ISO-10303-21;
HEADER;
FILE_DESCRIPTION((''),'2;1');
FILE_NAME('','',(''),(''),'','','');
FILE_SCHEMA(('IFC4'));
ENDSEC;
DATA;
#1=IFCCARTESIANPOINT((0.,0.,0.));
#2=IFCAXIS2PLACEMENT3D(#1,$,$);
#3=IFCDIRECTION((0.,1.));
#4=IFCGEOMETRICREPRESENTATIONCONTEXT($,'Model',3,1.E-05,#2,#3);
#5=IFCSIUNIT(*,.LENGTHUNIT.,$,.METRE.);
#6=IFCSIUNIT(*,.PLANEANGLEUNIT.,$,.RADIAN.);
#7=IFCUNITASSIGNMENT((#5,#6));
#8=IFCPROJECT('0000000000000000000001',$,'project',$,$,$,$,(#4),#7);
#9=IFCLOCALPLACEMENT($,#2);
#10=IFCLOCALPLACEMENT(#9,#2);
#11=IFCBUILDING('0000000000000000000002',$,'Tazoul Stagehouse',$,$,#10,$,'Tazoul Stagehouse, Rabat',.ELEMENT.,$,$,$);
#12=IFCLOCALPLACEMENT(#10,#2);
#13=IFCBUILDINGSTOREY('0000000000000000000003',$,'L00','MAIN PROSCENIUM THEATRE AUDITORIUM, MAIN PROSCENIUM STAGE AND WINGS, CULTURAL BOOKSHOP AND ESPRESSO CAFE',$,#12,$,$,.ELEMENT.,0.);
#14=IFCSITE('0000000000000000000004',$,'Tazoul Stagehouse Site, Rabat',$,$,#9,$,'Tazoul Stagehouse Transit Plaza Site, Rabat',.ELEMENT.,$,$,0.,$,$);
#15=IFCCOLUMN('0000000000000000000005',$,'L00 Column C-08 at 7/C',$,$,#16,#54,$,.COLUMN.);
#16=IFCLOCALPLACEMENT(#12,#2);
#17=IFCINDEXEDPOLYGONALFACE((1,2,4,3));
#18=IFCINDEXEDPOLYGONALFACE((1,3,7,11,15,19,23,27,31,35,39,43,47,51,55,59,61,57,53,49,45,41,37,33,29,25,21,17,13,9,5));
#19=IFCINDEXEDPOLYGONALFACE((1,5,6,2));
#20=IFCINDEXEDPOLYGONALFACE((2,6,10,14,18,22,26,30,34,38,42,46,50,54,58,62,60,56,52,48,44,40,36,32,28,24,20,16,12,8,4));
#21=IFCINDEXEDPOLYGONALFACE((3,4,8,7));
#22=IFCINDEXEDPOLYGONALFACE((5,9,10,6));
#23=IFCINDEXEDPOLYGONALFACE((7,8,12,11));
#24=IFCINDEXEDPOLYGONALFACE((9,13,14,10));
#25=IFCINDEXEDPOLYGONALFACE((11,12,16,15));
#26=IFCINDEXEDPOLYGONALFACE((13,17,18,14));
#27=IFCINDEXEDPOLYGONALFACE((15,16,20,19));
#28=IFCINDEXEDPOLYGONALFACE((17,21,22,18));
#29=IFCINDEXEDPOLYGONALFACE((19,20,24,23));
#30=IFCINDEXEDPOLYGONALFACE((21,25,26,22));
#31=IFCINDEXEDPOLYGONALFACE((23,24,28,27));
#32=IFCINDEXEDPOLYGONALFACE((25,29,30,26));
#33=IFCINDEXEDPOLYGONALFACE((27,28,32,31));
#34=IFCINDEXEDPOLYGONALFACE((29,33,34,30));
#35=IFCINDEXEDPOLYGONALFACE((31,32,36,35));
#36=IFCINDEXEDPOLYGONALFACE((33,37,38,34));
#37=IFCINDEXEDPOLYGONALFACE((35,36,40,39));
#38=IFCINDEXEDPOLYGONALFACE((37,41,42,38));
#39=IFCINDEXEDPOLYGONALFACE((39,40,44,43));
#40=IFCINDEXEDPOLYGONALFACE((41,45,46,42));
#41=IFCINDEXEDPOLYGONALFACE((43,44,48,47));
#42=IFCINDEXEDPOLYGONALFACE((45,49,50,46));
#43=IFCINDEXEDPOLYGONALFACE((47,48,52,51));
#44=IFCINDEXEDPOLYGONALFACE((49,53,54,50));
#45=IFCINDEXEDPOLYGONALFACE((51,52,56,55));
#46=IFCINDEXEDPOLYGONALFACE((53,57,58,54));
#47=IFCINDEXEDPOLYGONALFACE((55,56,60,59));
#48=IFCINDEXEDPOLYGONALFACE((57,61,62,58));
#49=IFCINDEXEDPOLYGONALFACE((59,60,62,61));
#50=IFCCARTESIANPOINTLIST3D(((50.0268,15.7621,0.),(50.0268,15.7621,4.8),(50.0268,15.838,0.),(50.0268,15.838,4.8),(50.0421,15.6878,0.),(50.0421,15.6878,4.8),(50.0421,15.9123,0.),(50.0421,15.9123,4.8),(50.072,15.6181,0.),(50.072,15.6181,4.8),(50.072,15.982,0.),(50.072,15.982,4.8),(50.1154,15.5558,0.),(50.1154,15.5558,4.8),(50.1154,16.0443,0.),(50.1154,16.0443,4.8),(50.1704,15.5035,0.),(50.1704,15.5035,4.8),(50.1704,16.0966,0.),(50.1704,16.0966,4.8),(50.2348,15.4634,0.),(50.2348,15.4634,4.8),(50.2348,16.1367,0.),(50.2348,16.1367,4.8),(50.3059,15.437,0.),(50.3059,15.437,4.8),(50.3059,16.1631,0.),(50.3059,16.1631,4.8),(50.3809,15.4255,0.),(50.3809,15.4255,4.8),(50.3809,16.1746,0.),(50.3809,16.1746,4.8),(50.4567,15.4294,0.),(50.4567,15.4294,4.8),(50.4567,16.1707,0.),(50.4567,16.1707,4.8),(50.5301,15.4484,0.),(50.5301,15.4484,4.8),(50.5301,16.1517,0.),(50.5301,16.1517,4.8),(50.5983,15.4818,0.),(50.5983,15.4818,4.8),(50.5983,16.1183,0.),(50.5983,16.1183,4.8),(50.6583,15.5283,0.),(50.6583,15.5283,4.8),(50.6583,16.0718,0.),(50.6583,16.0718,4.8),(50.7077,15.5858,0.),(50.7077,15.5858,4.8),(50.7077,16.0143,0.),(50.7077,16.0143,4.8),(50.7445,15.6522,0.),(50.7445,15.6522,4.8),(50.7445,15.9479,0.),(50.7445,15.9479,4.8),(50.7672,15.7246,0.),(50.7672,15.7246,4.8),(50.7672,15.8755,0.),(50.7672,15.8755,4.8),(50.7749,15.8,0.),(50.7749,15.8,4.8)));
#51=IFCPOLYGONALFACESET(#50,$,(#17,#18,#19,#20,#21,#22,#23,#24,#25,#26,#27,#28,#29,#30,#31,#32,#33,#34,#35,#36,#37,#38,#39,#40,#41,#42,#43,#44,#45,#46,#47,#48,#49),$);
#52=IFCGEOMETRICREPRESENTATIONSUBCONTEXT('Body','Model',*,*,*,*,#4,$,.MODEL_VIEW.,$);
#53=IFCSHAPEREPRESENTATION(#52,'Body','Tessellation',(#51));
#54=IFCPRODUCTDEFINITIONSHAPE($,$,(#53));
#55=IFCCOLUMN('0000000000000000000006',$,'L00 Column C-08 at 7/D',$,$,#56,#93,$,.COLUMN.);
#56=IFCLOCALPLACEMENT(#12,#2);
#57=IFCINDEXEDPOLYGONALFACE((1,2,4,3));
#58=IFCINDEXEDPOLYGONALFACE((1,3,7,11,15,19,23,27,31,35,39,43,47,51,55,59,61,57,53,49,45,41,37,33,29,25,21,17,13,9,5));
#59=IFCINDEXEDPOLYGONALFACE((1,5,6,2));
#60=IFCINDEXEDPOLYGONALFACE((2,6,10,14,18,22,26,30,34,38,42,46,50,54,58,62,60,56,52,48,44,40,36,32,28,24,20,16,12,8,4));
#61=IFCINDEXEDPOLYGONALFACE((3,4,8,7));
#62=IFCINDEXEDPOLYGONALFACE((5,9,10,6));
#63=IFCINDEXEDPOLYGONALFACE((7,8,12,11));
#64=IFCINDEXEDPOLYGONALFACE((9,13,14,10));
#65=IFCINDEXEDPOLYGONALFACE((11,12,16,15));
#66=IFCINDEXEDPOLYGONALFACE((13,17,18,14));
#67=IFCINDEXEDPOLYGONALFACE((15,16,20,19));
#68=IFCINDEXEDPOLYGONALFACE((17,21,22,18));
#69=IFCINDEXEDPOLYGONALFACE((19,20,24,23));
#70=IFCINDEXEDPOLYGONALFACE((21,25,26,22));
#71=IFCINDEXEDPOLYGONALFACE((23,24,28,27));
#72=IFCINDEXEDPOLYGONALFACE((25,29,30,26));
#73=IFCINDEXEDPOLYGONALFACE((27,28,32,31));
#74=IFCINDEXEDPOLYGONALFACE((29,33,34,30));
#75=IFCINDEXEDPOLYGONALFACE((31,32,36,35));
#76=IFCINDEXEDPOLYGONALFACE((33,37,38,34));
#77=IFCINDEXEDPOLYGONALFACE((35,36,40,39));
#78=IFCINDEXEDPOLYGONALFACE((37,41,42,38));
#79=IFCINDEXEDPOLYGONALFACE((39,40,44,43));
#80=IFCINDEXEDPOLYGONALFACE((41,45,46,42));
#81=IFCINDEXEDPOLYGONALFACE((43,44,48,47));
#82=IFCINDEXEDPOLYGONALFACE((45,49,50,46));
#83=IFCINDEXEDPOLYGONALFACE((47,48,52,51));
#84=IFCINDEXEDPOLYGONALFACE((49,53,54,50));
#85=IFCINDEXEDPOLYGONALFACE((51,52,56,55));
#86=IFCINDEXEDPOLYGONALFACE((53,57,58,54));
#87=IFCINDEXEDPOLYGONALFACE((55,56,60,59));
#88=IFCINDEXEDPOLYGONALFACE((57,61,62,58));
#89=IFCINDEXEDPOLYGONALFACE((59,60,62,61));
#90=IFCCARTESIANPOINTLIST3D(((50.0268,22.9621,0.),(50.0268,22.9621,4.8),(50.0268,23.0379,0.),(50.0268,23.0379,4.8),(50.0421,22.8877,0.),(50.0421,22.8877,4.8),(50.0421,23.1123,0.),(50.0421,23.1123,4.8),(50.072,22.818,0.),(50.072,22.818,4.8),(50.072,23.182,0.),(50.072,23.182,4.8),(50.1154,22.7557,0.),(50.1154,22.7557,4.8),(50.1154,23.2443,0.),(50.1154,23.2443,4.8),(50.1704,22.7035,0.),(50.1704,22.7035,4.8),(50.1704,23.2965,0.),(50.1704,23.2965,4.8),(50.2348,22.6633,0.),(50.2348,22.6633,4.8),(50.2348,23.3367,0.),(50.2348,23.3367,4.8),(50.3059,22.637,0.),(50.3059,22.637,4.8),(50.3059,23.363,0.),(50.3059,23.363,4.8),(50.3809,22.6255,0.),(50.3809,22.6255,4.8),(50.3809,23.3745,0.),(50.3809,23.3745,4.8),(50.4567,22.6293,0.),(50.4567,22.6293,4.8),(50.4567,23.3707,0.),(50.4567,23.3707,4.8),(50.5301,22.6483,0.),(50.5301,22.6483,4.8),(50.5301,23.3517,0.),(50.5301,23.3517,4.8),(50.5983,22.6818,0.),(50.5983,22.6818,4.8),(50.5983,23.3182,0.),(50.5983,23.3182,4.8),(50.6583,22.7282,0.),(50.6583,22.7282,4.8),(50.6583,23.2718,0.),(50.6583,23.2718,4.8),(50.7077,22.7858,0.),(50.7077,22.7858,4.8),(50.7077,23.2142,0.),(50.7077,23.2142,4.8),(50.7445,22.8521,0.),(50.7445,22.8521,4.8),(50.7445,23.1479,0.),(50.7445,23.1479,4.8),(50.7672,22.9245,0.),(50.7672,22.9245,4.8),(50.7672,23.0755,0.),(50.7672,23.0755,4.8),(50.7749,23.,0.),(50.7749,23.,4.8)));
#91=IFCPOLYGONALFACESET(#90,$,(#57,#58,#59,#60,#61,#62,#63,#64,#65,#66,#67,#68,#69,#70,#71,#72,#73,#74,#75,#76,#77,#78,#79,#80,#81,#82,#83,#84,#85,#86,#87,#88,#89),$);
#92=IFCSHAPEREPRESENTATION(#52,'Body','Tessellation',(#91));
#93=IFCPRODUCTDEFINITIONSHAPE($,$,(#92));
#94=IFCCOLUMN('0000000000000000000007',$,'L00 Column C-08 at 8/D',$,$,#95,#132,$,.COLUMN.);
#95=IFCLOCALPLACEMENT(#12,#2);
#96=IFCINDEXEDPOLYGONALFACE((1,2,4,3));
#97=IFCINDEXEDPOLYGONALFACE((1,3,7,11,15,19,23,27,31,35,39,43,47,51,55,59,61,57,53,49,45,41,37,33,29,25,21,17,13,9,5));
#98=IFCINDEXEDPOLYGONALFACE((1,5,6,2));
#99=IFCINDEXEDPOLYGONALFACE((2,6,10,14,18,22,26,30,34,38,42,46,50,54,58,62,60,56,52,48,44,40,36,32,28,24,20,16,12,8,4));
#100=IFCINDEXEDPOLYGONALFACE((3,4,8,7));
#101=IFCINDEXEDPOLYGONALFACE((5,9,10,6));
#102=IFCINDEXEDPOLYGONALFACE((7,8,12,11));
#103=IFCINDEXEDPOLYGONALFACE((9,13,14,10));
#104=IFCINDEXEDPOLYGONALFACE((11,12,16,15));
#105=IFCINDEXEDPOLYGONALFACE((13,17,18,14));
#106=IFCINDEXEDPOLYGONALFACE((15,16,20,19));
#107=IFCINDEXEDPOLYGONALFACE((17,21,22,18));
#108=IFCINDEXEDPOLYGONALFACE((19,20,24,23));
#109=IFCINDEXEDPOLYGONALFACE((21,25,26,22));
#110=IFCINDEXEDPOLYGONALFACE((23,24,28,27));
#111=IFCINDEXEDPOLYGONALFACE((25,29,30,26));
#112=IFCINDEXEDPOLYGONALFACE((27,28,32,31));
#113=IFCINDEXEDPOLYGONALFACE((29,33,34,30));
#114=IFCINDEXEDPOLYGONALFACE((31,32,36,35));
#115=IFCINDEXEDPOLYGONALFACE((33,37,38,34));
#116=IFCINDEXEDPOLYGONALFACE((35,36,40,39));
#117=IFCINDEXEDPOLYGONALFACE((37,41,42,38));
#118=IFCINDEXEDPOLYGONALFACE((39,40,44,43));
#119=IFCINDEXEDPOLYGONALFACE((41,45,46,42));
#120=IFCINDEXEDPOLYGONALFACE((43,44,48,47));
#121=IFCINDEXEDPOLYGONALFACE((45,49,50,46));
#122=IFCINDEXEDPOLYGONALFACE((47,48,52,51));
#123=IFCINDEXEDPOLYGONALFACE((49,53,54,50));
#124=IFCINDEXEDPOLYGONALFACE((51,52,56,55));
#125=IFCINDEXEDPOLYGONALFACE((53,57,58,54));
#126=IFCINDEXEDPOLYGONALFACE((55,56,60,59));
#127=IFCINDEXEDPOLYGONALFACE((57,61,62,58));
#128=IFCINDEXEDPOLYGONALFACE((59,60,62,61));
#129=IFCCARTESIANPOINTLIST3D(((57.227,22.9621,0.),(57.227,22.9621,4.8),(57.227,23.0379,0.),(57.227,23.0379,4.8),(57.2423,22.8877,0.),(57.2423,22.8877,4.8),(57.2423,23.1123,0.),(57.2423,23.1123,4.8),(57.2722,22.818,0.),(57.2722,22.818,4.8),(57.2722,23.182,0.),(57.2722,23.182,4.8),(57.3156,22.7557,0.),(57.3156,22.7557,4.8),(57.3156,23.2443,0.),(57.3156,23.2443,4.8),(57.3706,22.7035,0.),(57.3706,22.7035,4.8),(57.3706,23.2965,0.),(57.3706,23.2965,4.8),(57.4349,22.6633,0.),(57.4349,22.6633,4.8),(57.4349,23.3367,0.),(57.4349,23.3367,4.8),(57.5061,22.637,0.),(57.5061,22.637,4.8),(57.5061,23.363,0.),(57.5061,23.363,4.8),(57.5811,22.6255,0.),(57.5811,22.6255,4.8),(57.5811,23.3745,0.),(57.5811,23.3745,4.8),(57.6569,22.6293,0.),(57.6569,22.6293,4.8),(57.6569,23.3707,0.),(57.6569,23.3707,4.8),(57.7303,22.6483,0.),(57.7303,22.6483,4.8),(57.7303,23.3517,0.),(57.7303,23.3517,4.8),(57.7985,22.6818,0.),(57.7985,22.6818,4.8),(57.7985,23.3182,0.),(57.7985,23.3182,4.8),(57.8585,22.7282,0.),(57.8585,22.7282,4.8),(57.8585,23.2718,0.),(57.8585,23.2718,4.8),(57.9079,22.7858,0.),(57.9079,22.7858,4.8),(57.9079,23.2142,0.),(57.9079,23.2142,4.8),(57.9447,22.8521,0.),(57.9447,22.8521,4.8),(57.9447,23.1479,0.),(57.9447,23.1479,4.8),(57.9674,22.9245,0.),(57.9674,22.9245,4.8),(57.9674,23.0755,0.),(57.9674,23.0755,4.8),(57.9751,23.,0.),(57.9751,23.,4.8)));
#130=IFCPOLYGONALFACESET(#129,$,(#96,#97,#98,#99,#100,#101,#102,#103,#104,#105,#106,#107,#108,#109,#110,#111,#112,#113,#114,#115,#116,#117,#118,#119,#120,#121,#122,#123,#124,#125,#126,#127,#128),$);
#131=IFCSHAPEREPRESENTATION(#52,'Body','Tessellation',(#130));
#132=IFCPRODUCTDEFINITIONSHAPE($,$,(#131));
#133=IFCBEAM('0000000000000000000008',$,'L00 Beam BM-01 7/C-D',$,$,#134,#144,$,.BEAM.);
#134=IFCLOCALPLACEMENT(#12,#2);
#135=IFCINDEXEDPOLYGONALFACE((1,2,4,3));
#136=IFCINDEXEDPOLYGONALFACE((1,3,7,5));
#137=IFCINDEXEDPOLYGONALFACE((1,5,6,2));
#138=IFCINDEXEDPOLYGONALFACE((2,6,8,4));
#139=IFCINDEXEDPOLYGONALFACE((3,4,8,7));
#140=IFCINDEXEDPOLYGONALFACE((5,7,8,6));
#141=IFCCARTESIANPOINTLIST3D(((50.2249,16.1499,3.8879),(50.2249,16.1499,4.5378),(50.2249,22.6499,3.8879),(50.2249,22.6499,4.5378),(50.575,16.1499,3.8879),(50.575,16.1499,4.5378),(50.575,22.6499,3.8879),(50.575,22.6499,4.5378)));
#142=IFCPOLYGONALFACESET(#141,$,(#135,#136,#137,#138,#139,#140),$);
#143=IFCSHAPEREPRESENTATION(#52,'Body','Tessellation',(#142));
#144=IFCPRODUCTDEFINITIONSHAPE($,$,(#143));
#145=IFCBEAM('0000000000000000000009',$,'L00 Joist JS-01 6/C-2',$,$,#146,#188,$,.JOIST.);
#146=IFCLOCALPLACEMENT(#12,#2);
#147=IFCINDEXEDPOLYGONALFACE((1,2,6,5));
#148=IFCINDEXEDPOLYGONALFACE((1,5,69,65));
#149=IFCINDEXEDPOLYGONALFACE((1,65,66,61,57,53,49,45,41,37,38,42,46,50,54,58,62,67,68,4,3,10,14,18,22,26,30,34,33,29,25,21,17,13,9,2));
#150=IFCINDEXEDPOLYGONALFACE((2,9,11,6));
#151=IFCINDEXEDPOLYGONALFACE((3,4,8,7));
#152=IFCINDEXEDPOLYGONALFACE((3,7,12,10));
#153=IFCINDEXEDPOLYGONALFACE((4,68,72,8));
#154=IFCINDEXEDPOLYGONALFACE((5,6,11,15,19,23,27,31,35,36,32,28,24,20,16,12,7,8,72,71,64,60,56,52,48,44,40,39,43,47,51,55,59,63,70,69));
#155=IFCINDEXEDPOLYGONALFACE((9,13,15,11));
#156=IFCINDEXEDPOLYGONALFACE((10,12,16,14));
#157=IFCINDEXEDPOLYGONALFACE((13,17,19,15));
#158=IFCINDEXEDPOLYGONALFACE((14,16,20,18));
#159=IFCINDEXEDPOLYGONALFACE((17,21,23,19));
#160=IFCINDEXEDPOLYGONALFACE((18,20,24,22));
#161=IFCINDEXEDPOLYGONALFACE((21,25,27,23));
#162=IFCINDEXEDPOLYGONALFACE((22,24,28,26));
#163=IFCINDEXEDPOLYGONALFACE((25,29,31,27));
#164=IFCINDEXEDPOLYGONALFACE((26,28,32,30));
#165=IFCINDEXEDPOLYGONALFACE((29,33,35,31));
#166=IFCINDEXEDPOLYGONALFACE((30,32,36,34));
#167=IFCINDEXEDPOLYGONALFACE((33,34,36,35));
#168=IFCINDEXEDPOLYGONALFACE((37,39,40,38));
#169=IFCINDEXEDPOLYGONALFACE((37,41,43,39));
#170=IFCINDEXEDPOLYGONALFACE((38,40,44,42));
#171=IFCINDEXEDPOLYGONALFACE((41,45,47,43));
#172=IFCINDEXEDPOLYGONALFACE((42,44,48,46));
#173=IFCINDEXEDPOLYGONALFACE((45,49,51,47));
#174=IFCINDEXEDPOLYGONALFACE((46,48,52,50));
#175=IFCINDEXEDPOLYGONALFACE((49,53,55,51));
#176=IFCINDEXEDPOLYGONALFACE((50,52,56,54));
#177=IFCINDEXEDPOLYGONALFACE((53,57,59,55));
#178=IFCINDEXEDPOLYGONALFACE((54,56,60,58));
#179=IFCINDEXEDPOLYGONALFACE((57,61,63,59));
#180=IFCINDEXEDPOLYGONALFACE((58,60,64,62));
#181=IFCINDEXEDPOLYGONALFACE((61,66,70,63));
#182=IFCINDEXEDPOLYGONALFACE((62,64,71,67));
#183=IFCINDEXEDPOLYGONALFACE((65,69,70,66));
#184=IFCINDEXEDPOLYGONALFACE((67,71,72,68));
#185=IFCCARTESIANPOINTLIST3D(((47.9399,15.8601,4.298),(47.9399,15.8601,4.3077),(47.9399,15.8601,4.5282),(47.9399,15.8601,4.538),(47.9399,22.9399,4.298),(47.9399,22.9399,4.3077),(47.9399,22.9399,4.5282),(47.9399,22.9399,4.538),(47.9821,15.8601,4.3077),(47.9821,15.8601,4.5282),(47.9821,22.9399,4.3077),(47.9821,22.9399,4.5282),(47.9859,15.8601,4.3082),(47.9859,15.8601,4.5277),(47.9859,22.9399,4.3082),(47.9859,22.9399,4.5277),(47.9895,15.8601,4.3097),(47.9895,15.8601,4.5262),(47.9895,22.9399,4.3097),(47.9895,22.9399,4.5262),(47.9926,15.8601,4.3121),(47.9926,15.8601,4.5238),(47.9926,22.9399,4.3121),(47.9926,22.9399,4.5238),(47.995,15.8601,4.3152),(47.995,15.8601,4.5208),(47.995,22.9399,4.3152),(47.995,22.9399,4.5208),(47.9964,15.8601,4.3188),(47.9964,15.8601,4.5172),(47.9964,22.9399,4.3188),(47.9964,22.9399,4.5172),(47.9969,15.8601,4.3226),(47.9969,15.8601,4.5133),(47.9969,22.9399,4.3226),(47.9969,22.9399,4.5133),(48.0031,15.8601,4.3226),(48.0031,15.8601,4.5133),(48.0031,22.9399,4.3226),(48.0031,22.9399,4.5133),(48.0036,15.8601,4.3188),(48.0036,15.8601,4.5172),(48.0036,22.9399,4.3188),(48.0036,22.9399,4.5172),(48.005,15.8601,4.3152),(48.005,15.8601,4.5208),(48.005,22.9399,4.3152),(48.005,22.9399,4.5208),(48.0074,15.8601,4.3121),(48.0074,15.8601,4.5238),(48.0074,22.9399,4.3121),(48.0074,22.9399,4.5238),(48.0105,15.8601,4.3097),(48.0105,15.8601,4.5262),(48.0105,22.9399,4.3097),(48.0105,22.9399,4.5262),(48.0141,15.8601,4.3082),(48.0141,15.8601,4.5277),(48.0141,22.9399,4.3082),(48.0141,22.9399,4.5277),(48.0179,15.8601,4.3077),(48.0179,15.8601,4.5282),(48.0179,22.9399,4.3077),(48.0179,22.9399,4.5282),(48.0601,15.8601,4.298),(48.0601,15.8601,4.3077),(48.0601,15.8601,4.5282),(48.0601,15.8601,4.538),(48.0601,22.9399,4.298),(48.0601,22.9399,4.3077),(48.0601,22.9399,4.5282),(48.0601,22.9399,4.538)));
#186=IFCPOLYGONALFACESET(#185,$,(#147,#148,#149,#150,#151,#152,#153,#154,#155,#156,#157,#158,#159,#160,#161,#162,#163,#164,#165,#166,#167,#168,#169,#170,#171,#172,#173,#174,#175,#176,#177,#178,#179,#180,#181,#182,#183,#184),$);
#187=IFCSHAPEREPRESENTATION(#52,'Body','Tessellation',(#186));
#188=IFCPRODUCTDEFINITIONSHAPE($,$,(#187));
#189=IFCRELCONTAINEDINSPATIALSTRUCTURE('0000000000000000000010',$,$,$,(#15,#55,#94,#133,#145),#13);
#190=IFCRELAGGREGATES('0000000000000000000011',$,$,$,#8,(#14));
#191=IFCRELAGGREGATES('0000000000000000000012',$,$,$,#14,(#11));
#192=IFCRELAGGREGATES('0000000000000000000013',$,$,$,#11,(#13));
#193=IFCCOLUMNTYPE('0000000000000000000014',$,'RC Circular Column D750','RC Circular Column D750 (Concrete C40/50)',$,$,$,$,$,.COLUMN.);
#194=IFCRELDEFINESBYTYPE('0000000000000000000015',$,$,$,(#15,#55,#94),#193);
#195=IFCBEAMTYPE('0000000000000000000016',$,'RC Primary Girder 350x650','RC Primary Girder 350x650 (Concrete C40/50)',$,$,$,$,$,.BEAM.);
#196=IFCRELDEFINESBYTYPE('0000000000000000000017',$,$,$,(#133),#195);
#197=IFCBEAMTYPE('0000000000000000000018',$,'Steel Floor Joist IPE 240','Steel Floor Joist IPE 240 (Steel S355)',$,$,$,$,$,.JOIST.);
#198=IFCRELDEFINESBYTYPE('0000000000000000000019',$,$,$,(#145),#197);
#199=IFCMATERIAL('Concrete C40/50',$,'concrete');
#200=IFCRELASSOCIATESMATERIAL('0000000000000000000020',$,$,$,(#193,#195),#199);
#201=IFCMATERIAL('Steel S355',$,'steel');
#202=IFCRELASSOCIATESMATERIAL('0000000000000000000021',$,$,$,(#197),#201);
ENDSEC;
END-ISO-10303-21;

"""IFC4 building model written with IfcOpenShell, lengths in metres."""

from ifc_helpers import new_model, si_unit, direction, frame, origin, origin_2d, place, context, subcontext, project, spatial, rectangle, circle, i_section, extrude, material, material_profile, profile_set, type_object, element, save


model = new_model("IFC4")

# Units and contexts
model_context = context("Model", 3, precision=1e-05, world=origin(), true_north=direction((0.0, 1.0)))
body_context = subcontext(model_context, "Body", "Model", "MODEL_VIEW")
ifc_project = project(units=[si_unit("LENGTHUNIT", "METRE"), si_unit("PLANEANGLEUNIT", "RADIAN")], contexts=[model_context])

# Site, building, storey
site_placement = place(None, origin())
site = spatial("IfcSite", under=ifc_project, at=site_placement, Name="Tazoul Stagehouse Site, Rabat", LongName="Tazoul Stagehouse Transit Plaza Site, Rabat", CompositionType="ELEMENT", RefElevation=0.0)
building_placement = place(site_placement, origin())
building = spatial("IfcBuilding", under=site, at=building_placement, Name="Tazoul Stagehouse", LongName="Tazoul Stagehouse, Rabat", CompositionType="ELEMENT")
storey_placement = place(building_placement, origin())
storey = spatial("IfcBuildingStorey", under=building, at=storey_placement, Name="L00", Description="MAIN PROSCENIUM THEATRE AUDITORIUM, MAIN PROSCENIUM STAGE AND WINGS, CULTURAL BOOKSHOP AND ESPRESSO CAFE", CompositionType="ELEMENT", Elevation=0.0)

# Columns
ifc_material_1 = material(Name="Concrete C40/50", Category="concrete")
ifc_material_profile_1 = material_profile(ifc_material_1, circle(Radius=0.375, at=origin_2d()), Name="RC D750")
ifc_profile_set_1 = profile_set([ifc_material_profile_1], Name="Concrete C40/50")
column_type = type_object("IfcColumnType", Name="RC Circular Column D750", Description="RC Circular Column D750 (Concrete C40/50)", PredefinedType="COLUMN", material=ifc_profile_set_1)
for number, where, z_axis, x_axis, name in (
    (1, (50.3999, 15.8, 0.0), (0.0, 0.0, 1.0), (1.0, 0.0, 0.0), "L00 Column C-08 at 7/C"),
    (2, (50.3999, 23.0, 0.0), (0.0, 0.0, 1.0), (1.0, 0.0, 0.0), "L00 Column C-08 at 7/D"),
    (3, (57.6001, 23.0, 0.0), (0.0, 0.0, 1.0), (1.0, 0.0, 0.0), "L00 Column C-08 at 8/D"),
):
    element("IfcColumn", number, at=place(storey_placement, frame(where, z_axis=z_axis, x_axis=x_axis)), inside=storey, type_object=column_type, Name=name, PredefinedType="COLUMN", context=body_context, shape_type="SweptSolid", body=[
        extrude(circle(Radius=0.375, at=origin_2d()), origin(), (0.0, 0.0, 1.0), 4.8),
    ])

# Beams
ifc_material_profile_2 = material_profile(ifc_material_1, rectangle(XDim=0.3501, YDim=0.6499, at=origin_2d()), Name="RC 350x650")
ifc_profile_set_2 = profile_set([ifc_material_profile_2], Name="Concrete C40/50")
beam_type_1 = type_object("IfcBeamType", Name="RC Primary Girder 350x650", Description="RC Primary Girder 350x650 (Concrete C40/50)", PredefinedType="BEAM", material=ifc_profile_set_2)
beam_1_placement = place(storey_placement, frame((50.3999, 16.1499, 4.2129), z_axis=(0.0, 1.0, 0.0), x_axis=(-1.0, 0.0, 0.0)))
element("IfcBeam", 4, at=beam_1_placement, inside=storey, type_object=beam_type_1, Name="L00 Beam BM-01 7/C-D", PredefinedType="BEAM", context=body_context, shape_type="SweptSolid", body=[
    extrude(rectangle(XDim=0.3501, YDim=0.6499, at=origin_2d()), origin(), (0.0, 0.0, 1.0), 6.5),
])
ifc_material_2 = material(Name="Steel S355", Category="steel")
ifc_material_profile_3 = material_profile(ifc_material_2, i_section(OverallWidth=0.1201, OverallDepth=0.24, WebThickness=0.0061, FlangeThickness=0.0098, FilletRadius=0.0149, at=origin_2d()), Name="IPE 240")
ifc_profile_set_3 = profile_set([ifc_material_profile_3], Name="Steel S355")
beam_type_2 = type_object("IfcBeamType", Name="Steel Floor Joist IPE 240", Description="Steel Floor Joist IPE 240 (Steel S355)", PredefinedType="JOIST", material=ifc_profile_set_3)
beam_2_placement = place(storey_placement, frame((48.0, 15.8601, 4.418), z_axis=(0.0, 1.0, 0.0), x_axis=(-1.0, 0.0, 0.0)))
element("IfcBeam", 5, at=beam_2_placement, inside=storey, type_object=beam_type_2, Name="L00 Joist JS-01 6/C-2", PredefinedType="JOIST", context=body_context, shape_type="SweptSolid", body=[
    extrude(i_section(OverallWidth=0.1201, OverallDepth=0.24, WebThickness=0.0061, FlangeThickness=0.0098, FilletRadius=0.0149, at=origin_2d()), origin(), (0.0, 0.0, 1.0), 7.0798),
])

save(model, "model.ifc")
